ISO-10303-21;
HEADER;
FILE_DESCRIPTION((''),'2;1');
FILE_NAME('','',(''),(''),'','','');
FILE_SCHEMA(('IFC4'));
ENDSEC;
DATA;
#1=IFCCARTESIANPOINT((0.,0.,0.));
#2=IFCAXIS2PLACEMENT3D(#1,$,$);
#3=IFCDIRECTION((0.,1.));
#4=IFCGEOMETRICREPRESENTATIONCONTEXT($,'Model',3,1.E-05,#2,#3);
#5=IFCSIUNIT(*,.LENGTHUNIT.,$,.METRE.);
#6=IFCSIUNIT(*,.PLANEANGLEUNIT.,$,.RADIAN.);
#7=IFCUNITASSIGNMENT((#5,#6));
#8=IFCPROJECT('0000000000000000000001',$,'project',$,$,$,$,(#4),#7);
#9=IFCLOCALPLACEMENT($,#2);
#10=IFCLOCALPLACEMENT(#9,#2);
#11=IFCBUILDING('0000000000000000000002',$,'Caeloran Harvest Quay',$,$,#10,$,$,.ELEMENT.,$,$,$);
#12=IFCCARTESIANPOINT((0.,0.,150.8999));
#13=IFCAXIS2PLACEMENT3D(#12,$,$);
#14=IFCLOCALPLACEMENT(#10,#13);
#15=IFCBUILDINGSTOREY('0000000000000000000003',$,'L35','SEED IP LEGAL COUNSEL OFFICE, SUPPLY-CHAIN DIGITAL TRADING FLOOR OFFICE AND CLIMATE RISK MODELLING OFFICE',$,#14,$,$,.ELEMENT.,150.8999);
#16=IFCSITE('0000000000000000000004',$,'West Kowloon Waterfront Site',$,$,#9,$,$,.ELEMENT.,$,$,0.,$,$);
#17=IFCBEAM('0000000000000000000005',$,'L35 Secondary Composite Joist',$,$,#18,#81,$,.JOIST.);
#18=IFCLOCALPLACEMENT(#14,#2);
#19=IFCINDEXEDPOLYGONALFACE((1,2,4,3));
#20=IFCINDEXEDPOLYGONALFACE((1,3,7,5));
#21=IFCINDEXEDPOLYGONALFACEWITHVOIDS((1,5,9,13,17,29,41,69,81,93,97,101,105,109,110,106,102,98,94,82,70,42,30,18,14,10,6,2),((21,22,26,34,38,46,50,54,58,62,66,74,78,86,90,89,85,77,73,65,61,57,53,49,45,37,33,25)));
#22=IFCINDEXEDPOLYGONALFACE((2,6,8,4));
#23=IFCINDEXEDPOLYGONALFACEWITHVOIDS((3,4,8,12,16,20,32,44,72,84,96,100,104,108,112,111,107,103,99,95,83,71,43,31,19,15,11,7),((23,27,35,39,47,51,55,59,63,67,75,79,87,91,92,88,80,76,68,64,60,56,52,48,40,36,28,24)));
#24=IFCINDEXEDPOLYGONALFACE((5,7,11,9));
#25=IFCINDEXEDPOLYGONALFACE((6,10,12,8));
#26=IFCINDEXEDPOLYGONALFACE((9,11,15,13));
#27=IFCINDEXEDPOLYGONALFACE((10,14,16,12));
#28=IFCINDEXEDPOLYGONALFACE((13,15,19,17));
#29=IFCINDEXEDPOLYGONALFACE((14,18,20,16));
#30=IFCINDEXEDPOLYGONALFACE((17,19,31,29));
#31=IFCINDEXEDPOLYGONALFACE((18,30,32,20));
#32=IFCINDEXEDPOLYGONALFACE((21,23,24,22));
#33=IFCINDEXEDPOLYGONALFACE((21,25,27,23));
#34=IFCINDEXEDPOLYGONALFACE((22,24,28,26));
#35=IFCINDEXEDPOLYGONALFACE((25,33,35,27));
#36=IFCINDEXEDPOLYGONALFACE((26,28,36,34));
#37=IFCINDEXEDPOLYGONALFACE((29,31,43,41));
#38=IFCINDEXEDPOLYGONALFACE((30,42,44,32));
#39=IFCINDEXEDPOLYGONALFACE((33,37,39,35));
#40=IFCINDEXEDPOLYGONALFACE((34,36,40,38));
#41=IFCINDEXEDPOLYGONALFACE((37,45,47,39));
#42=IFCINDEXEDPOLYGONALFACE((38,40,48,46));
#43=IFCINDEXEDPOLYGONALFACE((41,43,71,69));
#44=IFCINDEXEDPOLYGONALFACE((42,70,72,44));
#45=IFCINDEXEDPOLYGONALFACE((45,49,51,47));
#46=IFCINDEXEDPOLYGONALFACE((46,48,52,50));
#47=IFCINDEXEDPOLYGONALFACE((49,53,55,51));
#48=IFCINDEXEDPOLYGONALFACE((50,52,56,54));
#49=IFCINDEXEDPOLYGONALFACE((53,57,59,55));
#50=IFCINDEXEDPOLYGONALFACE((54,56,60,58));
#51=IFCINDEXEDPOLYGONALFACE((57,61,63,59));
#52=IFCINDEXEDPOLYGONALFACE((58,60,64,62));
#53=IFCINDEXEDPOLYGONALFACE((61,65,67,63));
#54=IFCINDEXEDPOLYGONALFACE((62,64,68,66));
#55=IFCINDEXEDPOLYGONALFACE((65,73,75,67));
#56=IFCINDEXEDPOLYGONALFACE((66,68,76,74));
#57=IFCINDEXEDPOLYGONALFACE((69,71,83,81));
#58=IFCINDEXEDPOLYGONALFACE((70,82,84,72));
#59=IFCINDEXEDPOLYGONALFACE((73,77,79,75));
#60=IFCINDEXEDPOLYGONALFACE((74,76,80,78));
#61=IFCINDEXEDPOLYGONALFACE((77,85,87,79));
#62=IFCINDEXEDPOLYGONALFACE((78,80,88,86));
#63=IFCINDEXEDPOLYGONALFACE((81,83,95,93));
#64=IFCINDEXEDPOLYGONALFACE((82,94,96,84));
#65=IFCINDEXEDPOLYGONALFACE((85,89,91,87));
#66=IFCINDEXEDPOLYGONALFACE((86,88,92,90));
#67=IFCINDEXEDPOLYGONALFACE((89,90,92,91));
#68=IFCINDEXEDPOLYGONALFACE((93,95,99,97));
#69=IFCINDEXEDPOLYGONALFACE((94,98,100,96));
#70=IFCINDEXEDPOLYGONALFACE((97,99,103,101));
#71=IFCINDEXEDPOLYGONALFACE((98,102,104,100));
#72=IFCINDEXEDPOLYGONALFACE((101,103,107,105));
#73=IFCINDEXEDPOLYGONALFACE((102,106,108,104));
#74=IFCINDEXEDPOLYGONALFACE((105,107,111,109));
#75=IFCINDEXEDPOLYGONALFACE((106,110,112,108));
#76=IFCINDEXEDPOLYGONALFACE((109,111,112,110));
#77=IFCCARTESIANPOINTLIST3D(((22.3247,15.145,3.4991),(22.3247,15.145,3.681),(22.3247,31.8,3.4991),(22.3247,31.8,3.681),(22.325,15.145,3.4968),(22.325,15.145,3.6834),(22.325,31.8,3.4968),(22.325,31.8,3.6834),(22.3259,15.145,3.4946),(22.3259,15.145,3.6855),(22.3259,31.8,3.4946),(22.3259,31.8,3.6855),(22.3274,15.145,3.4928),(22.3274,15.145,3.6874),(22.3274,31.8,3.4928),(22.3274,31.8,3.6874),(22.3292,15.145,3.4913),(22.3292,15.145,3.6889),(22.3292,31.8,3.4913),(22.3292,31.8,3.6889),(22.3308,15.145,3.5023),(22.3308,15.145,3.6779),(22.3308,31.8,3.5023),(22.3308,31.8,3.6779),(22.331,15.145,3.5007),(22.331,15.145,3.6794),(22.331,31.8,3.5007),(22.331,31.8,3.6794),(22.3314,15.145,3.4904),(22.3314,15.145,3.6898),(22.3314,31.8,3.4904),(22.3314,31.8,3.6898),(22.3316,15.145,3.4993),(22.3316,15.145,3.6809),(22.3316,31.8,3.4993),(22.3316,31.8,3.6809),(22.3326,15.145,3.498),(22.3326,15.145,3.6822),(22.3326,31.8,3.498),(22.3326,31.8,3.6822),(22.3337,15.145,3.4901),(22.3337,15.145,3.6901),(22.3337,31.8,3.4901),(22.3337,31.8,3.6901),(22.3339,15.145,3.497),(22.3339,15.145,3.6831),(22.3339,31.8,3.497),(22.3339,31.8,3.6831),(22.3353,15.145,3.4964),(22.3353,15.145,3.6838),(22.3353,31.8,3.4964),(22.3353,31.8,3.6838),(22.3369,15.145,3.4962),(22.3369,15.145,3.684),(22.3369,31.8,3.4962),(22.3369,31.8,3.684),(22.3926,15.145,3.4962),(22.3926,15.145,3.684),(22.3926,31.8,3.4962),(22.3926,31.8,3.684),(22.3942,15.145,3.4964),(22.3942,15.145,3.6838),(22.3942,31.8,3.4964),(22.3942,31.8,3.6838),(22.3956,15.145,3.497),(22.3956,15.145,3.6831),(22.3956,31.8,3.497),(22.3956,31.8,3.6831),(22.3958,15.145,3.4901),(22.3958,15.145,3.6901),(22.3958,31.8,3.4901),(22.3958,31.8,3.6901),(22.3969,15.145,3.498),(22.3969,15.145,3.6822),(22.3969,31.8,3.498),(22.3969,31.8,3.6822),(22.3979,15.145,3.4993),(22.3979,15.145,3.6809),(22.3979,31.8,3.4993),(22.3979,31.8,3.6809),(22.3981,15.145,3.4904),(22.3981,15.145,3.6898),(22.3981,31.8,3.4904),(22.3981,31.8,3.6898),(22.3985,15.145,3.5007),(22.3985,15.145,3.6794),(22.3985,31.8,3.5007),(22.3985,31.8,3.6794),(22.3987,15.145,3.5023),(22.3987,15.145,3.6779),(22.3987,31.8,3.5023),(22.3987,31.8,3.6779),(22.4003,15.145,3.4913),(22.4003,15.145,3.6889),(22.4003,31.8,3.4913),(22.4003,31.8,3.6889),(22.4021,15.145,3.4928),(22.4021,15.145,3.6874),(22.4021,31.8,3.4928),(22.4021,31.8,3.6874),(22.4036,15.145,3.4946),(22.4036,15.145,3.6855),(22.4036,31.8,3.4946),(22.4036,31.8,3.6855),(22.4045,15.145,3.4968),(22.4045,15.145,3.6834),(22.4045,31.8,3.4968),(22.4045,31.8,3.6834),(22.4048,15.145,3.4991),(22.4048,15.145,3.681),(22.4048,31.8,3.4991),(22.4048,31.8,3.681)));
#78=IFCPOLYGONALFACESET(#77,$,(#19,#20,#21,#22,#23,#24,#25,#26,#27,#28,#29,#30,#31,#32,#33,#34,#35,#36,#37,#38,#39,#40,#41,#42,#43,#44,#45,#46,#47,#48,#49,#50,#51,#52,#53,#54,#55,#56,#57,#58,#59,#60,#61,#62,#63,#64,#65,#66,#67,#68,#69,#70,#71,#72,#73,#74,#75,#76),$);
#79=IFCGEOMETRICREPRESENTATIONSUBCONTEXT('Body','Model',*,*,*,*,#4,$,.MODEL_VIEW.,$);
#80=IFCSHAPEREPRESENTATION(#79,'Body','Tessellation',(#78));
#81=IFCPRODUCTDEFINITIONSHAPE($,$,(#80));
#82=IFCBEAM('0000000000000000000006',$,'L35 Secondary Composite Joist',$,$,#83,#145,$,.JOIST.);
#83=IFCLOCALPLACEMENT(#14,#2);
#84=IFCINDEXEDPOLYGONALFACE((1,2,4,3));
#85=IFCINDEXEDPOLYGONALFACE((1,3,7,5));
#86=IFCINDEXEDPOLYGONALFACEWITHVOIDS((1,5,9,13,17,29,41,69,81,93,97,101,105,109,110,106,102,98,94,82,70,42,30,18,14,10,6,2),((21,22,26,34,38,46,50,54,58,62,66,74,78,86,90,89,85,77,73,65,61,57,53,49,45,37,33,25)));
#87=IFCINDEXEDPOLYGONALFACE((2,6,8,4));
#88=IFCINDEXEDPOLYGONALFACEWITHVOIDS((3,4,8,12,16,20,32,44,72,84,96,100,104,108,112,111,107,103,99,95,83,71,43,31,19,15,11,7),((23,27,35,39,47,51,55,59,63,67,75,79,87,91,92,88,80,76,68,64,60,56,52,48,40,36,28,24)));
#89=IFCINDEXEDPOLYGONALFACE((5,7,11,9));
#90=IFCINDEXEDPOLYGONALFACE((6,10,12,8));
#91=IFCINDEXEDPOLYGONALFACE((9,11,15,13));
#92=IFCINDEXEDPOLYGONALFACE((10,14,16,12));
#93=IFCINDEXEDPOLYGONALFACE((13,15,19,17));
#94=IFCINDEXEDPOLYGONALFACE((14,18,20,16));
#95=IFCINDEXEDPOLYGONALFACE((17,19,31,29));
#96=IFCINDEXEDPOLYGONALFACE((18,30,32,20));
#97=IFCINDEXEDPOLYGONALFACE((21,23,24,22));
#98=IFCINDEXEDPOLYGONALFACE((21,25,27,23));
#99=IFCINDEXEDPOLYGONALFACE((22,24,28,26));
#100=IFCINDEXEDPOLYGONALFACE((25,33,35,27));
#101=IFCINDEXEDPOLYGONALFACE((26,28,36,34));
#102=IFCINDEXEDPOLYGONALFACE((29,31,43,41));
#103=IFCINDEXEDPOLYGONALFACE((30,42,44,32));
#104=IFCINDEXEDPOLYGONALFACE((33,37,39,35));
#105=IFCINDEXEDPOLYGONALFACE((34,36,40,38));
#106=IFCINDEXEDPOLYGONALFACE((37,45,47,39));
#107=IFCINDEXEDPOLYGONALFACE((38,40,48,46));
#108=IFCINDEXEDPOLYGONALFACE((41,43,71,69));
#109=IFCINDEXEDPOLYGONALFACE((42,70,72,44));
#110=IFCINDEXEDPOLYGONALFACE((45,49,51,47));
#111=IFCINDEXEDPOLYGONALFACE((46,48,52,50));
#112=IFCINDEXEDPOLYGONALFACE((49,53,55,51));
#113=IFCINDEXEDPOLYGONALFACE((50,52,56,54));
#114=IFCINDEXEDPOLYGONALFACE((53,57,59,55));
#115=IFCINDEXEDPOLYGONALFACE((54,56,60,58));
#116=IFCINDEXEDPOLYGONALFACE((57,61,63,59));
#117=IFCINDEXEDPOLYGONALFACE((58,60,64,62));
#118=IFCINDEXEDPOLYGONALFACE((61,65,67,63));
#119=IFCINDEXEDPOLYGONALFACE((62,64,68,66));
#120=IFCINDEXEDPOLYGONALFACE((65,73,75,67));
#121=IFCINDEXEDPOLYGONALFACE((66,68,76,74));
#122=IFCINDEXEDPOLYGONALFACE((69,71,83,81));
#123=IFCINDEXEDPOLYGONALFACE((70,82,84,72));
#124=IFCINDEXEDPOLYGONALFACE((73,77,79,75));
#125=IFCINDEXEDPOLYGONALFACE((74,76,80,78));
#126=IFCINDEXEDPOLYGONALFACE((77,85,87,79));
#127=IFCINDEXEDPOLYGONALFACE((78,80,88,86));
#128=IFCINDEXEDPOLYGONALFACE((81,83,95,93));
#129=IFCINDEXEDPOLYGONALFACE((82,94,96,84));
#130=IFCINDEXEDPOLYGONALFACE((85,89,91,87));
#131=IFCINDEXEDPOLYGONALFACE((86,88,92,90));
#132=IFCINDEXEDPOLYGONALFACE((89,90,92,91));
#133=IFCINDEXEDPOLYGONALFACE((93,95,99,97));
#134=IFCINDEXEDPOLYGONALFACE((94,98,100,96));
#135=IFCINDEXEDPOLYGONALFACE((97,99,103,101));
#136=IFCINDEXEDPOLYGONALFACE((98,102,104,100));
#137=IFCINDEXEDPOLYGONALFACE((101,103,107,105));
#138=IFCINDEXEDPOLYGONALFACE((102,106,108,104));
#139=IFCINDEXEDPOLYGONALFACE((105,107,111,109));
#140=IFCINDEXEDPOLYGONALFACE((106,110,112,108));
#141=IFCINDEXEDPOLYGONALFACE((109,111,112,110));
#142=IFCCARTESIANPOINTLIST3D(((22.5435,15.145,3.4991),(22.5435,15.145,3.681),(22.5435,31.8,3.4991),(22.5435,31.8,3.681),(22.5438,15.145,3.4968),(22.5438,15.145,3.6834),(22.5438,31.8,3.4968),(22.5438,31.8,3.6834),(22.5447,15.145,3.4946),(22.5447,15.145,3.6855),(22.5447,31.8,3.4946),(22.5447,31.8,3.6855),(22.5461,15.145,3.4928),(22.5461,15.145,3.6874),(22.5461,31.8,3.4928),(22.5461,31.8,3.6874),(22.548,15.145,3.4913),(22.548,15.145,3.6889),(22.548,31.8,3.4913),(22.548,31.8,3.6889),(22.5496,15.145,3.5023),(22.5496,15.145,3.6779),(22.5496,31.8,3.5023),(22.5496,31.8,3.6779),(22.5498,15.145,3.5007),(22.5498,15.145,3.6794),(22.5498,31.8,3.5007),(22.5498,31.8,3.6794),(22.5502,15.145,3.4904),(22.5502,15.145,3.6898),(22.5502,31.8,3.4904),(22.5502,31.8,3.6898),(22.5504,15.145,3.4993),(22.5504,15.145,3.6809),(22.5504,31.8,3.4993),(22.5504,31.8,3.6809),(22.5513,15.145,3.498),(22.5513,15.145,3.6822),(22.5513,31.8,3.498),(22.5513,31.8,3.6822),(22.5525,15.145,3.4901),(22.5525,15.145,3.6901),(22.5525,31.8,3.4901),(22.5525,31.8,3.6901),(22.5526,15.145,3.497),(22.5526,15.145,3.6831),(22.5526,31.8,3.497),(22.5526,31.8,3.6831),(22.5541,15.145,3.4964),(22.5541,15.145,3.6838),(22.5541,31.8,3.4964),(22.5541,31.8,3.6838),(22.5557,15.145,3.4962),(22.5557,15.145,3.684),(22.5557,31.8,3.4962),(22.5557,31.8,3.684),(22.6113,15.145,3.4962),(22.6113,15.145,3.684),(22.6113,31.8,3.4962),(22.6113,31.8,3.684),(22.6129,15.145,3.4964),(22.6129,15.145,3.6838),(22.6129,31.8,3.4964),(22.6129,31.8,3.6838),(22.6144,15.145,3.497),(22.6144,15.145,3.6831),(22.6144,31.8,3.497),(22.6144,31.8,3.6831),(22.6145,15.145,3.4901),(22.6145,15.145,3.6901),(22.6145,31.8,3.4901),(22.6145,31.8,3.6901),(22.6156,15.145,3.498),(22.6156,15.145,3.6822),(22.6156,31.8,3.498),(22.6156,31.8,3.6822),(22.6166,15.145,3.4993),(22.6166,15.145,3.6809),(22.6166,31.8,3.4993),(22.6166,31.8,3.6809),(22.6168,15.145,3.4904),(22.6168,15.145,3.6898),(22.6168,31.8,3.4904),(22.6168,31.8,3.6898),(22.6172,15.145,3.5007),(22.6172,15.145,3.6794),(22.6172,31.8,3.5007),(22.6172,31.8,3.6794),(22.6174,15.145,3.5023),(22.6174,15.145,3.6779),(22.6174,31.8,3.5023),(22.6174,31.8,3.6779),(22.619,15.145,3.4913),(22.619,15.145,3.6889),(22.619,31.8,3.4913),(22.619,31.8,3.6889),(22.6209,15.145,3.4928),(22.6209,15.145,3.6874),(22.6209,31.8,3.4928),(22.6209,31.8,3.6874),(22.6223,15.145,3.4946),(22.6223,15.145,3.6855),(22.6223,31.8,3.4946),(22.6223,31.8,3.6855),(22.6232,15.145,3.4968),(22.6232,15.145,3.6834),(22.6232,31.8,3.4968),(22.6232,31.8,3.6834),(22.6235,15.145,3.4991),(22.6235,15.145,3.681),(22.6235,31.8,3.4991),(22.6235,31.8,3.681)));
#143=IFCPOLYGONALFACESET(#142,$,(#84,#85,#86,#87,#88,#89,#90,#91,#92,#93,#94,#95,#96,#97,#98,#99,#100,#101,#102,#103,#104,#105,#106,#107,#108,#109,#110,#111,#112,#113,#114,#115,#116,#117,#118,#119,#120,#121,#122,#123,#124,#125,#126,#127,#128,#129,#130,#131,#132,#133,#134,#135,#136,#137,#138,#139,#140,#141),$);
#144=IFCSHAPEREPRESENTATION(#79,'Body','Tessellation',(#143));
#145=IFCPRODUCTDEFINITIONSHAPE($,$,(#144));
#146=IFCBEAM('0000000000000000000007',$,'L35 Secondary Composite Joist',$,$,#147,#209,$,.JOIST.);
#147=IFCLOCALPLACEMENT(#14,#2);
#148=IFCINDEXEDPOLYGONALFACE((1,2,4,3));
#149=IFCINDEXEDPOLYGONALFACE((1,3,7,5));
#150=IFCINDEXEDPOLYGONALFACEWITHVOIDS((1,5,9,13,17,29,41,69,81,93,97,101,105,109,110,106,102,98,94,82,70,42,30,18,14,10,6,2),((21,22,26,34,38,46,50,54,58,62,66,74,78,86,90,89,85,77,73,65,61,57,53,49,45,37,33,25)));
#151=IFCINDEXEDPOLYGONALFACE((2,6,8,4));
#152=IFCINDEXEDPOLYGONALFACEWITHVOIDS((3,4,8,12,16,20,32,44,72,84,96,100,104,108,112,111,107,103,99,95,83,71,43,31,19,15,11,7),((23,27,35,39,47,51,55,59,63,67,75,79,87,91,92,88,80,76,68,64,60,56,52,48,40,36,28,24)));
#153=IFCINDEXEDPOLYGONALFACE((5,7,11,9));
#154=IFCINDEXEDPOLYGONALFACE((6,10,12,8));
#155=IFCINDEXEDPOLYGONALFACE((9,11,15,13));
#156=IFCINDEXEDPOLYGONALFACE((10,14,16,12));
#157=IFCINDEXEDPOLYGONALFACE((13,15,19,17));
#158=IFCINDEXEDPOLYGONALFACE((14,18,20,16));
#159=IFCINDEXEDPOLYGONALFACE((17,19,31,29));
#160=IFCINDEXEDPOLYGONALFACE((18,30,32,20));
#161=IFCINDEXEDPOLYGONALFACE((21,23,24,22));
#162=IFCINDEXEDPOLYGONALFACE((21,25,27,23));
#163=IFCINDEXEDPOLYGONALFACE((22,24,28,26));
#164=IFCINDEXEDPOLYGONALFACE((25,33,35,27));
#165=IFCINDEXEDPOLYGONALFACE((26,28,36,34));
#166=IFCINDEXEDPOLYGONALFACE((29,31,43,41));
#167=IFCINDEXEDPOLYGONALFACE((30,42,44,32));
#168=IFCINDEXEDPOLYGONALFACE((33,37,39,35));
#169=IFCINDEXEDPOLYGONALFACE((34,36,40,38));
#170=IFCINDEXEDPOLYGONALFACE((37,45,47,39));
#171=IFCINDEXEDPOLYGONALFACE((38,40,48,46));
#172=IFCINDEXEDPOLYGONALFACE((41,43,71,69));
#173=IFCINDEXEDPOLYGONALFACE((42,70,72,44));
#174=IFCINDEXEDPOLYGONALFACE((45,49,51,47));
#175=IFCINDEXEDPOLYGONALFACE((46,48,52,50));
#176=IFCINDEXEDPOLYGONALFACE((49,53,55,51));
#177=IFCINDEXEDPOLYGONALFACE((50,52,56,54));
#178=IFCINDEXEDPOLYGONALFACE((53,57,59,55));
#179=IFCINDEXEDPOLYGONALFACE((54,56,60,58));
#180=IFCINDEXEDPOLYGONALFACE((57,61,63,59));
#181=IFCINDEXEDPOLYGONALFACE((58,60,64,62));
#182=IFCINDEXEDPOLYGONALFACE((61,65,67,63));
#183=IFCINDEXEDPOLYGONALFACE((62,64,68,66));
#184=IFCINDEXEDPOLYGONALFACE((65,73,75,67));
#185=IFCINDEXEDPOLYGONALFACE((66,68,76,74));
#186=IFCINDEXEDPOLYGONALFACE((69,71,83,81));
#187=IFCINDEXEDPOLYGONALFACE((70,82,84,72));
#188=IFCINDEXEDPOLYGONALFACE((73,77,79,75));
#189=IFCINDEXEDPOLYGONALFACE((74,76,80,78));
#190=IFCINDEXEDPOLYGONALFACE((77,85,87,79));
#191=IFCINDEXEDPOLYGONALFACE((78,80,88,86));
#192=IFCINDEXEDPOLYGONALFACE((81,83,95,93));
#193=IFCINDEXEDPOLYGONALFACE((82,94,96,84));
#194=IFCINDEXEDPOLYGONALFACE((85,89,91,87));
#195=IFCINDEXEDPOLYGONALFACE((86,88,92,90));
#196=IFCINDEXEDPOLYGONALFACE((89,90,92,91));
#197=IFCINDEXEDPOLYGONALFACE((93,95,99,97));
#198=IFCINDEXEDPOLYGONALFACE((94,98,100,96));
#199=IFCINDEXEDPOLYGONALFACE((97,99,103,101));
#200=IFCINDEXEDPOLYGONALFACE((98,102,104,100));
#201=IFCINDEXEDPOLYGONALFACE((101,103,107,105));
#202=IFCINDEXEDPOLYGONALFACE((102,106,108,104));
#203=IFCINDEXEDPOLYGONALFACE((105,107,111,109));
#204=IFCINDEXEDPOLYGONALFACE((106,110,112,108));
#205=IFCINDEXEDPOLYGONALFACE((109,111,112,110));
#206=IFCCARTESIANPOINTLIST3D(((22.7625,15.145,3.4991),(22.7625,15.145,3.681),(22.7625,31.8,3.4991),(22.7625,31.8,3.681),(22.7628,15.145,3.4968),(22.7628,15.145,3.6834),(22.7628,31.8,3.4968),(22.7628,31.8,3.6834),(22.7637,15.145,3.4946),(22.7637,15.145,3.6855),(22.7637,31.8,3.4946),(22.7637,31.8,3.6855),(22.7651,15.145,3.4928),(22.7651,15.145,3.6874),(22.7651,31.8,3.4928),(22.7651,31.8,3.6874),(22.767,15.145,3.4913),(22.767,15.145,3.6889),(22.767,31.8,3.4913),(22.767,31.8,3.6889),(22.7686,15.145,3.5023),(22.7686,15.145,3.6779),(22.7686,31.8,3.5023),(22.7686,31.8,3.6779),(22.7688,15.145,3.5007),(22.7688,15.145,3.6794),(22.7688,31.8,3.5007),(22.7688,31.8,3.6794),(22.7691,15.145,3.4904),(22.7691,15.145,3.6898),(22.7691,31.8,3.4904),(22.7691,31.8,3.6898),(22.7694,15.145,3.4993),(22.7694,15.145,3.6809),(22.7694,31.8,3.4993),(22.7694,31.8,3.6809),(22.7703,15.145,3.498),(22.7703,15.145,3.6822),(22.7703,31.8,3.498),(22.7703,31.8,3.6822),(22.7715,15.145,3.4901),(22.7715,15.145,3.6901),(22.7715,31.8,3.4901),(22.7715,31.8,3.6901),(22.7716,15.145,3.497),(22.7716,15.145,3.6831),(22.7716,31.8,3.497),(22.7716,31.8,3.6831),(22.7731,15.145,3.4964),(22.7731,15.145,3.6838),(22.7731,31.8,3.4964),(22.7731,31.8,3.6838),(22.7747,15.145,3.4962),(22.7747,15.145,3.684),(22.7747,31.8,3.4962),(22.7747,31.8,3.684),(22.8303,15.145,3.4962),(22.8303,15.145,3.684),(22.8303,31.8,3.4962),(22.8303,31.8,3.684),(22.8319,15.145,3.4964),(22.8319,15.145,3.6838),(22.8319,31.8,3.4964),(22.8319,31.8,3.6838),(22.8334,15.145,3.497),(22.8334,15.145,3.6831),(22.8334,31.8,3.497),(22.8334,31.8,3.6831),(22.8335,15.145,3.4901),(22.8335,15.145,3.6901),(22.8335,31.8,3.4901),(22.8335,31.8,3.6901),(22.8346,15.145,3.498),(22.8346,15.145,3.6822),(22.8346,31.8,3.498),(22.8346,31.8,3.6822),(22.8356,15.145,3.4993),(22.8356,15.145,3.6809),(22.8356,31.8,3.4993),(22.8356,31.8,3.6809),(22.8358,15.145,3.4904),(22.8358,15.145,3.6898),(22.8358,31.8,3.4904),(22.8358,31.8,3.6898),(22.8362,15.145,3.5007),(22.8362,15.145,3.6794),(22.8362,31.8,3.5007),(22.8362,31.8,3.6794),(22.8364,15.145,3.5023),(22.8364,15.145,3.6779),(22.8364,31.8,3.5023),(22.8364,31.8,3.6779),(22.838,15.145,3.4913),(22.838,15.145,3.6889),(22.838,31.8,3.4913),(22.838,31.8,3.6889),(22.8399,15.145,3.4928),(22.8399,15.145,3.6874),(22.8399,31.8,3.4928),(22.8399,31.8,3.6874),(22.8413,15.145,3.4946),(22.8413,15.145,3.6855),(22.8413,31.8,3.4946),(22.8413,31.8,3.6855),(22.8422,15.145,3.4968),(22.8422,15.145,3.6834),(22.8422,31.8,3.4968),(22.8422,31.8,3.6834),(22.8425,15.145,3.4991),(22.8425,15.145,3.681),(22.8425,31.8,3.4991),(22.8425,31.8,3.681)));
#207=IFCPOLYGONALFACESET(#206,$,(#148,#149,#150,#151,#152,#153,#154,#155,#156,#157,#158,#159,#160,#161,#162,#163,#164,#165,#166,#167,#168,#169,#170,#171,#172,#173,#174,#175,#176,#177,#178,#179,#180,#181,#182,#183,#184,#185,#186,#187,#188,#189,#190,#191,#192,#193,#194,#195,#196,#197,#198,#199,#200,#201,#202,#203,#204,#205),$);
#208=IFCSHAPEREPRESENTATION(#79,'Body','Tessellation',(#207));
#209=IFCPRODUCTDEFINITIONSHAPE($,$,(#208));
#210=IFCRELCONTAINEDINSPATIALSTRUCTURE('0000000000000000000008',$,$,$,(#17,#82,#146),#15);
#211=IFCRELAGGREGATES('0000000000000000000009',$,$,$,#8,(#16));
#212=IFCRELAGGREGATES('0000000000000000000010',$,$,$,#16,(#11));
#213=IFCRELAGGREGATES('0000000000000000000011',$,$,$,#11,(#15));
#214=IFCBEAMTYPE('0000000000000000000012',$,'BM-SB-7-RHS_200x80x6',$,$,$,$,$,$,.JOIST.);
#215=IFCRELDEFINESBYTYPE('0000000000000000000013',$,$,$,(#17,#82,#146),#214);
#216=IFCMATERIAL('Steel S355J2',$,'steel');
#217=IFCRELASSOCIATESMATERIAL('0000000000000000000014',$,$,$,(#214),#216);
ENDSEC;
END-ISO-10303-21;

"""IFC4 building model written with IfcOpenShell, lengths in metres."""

from ifc_helpers import new_model, si_unit, direction, frame, origin, origin_2d, place, context, subcontext, project, spatial, hollow_rectangle, extrude, material, material_profile, profile_set, type_object, element, save


model = new_model("IFC4")

# Units and contexts
model_context = context("Model", 3, precision=1e-05, world=origin(), true_north=direction((0.0, 1.0)))
body_context = subcontext(model_context, "Body", "Model", "MODEL_VIEW")
ifc_project = project(units=[si_unit("LENGTHUNIT", "METRE"), si_unit("PLANEANGLEUNIT", "RADIAN")], contexts=[model_context])

# Site, building, storey
site_placement = place(None, origin())
site = spatial("IfcSite", under=ifc_project, at=site_placement, Name="West Kowloon Waterfront Site", CompositionType="ELEMENT", RefElevation=0.0)
building_placement = place(site_placement, origin())
building = spatial("IfcBuilding", under=site, at=building_placement, Name="Caeloran Harvest Quay", CompositionType="ELEMENT")
storey_placement = place(building_placement, frame((0.0, 0.0, 150.8999)))
storey = spatial("IfcBuildingStorey", under=building, at=storey_placement, Name="L35", Description="SEED IP LEGAL COUNSEL OFFICE, SUPPLY-CHAIN DIGITAL TRADING FLOOR OFFICE AND CLIMATE RISK MODELLING OFFICE", CompositionType="ELEMENT", Elevation=150.8999)

# Beams
ifc_material_1 = material(Name="Steel S355J2", Category="steel")
ifc_material_profile_1 = material_profile(ifc_material_1, hollow_rectangle(XDim=0.0801, YDim=0.2, WallThickness=0.0061, InnerFilletRadius=0.0061, OuterFilletRadius=0.009, at=origin_2d()), Name="RHS 200x80x6")
ifc_profile_set_1 = profile_set([ifc_material_profile_1], Name="Steel S355J2")
beam_type_1 = type_object("IfcBeamType", Name="BM-SB-7-RHS_200x80x6", PredefinedType="JOIST", material=ifc_profile_set_1)
for number, where, z_axis, x_axis, name in (
    (1, (22.3647, 15.145, 3.5901), (0.0, 1.0, 0.0), (-1.0, 0.0, 0.0), "L35 Secondary Composite Joist"),
    (2, (22.5835, 15.145, 3.5901), (0.0, 1.0, 0.0), (-1.0, 0.0, 0.0), "L35 Secondary Composite Joist"),
    (3, (22.8025, 15.145, 3.5901), (0.0, 1.0, 0.0), (-1.0, 0.0, 0.0), "L35 Secondary Composite Joist"),
):
    element("IfcBeam", number, at=place(storey_placement, frame(where, z_axis=z_axis, x_axis=x_axis)), inside=storey, type_object=beam_type_1, Name=name, PredefinedType="JOIST", context=body_context, shape_type="SweptSolid", body=[
        extrude(hollow_rectangle(XDim=0.0801, YDim=0.2, WallThickness=0.0061, InnerFilletRadius=0.0061, OuterFilletRadius=0.009, at=origin_2d()), origin(), (0.0, 0.0, 1.0), 16.655),
    ])

save(model, "model.ifc")
